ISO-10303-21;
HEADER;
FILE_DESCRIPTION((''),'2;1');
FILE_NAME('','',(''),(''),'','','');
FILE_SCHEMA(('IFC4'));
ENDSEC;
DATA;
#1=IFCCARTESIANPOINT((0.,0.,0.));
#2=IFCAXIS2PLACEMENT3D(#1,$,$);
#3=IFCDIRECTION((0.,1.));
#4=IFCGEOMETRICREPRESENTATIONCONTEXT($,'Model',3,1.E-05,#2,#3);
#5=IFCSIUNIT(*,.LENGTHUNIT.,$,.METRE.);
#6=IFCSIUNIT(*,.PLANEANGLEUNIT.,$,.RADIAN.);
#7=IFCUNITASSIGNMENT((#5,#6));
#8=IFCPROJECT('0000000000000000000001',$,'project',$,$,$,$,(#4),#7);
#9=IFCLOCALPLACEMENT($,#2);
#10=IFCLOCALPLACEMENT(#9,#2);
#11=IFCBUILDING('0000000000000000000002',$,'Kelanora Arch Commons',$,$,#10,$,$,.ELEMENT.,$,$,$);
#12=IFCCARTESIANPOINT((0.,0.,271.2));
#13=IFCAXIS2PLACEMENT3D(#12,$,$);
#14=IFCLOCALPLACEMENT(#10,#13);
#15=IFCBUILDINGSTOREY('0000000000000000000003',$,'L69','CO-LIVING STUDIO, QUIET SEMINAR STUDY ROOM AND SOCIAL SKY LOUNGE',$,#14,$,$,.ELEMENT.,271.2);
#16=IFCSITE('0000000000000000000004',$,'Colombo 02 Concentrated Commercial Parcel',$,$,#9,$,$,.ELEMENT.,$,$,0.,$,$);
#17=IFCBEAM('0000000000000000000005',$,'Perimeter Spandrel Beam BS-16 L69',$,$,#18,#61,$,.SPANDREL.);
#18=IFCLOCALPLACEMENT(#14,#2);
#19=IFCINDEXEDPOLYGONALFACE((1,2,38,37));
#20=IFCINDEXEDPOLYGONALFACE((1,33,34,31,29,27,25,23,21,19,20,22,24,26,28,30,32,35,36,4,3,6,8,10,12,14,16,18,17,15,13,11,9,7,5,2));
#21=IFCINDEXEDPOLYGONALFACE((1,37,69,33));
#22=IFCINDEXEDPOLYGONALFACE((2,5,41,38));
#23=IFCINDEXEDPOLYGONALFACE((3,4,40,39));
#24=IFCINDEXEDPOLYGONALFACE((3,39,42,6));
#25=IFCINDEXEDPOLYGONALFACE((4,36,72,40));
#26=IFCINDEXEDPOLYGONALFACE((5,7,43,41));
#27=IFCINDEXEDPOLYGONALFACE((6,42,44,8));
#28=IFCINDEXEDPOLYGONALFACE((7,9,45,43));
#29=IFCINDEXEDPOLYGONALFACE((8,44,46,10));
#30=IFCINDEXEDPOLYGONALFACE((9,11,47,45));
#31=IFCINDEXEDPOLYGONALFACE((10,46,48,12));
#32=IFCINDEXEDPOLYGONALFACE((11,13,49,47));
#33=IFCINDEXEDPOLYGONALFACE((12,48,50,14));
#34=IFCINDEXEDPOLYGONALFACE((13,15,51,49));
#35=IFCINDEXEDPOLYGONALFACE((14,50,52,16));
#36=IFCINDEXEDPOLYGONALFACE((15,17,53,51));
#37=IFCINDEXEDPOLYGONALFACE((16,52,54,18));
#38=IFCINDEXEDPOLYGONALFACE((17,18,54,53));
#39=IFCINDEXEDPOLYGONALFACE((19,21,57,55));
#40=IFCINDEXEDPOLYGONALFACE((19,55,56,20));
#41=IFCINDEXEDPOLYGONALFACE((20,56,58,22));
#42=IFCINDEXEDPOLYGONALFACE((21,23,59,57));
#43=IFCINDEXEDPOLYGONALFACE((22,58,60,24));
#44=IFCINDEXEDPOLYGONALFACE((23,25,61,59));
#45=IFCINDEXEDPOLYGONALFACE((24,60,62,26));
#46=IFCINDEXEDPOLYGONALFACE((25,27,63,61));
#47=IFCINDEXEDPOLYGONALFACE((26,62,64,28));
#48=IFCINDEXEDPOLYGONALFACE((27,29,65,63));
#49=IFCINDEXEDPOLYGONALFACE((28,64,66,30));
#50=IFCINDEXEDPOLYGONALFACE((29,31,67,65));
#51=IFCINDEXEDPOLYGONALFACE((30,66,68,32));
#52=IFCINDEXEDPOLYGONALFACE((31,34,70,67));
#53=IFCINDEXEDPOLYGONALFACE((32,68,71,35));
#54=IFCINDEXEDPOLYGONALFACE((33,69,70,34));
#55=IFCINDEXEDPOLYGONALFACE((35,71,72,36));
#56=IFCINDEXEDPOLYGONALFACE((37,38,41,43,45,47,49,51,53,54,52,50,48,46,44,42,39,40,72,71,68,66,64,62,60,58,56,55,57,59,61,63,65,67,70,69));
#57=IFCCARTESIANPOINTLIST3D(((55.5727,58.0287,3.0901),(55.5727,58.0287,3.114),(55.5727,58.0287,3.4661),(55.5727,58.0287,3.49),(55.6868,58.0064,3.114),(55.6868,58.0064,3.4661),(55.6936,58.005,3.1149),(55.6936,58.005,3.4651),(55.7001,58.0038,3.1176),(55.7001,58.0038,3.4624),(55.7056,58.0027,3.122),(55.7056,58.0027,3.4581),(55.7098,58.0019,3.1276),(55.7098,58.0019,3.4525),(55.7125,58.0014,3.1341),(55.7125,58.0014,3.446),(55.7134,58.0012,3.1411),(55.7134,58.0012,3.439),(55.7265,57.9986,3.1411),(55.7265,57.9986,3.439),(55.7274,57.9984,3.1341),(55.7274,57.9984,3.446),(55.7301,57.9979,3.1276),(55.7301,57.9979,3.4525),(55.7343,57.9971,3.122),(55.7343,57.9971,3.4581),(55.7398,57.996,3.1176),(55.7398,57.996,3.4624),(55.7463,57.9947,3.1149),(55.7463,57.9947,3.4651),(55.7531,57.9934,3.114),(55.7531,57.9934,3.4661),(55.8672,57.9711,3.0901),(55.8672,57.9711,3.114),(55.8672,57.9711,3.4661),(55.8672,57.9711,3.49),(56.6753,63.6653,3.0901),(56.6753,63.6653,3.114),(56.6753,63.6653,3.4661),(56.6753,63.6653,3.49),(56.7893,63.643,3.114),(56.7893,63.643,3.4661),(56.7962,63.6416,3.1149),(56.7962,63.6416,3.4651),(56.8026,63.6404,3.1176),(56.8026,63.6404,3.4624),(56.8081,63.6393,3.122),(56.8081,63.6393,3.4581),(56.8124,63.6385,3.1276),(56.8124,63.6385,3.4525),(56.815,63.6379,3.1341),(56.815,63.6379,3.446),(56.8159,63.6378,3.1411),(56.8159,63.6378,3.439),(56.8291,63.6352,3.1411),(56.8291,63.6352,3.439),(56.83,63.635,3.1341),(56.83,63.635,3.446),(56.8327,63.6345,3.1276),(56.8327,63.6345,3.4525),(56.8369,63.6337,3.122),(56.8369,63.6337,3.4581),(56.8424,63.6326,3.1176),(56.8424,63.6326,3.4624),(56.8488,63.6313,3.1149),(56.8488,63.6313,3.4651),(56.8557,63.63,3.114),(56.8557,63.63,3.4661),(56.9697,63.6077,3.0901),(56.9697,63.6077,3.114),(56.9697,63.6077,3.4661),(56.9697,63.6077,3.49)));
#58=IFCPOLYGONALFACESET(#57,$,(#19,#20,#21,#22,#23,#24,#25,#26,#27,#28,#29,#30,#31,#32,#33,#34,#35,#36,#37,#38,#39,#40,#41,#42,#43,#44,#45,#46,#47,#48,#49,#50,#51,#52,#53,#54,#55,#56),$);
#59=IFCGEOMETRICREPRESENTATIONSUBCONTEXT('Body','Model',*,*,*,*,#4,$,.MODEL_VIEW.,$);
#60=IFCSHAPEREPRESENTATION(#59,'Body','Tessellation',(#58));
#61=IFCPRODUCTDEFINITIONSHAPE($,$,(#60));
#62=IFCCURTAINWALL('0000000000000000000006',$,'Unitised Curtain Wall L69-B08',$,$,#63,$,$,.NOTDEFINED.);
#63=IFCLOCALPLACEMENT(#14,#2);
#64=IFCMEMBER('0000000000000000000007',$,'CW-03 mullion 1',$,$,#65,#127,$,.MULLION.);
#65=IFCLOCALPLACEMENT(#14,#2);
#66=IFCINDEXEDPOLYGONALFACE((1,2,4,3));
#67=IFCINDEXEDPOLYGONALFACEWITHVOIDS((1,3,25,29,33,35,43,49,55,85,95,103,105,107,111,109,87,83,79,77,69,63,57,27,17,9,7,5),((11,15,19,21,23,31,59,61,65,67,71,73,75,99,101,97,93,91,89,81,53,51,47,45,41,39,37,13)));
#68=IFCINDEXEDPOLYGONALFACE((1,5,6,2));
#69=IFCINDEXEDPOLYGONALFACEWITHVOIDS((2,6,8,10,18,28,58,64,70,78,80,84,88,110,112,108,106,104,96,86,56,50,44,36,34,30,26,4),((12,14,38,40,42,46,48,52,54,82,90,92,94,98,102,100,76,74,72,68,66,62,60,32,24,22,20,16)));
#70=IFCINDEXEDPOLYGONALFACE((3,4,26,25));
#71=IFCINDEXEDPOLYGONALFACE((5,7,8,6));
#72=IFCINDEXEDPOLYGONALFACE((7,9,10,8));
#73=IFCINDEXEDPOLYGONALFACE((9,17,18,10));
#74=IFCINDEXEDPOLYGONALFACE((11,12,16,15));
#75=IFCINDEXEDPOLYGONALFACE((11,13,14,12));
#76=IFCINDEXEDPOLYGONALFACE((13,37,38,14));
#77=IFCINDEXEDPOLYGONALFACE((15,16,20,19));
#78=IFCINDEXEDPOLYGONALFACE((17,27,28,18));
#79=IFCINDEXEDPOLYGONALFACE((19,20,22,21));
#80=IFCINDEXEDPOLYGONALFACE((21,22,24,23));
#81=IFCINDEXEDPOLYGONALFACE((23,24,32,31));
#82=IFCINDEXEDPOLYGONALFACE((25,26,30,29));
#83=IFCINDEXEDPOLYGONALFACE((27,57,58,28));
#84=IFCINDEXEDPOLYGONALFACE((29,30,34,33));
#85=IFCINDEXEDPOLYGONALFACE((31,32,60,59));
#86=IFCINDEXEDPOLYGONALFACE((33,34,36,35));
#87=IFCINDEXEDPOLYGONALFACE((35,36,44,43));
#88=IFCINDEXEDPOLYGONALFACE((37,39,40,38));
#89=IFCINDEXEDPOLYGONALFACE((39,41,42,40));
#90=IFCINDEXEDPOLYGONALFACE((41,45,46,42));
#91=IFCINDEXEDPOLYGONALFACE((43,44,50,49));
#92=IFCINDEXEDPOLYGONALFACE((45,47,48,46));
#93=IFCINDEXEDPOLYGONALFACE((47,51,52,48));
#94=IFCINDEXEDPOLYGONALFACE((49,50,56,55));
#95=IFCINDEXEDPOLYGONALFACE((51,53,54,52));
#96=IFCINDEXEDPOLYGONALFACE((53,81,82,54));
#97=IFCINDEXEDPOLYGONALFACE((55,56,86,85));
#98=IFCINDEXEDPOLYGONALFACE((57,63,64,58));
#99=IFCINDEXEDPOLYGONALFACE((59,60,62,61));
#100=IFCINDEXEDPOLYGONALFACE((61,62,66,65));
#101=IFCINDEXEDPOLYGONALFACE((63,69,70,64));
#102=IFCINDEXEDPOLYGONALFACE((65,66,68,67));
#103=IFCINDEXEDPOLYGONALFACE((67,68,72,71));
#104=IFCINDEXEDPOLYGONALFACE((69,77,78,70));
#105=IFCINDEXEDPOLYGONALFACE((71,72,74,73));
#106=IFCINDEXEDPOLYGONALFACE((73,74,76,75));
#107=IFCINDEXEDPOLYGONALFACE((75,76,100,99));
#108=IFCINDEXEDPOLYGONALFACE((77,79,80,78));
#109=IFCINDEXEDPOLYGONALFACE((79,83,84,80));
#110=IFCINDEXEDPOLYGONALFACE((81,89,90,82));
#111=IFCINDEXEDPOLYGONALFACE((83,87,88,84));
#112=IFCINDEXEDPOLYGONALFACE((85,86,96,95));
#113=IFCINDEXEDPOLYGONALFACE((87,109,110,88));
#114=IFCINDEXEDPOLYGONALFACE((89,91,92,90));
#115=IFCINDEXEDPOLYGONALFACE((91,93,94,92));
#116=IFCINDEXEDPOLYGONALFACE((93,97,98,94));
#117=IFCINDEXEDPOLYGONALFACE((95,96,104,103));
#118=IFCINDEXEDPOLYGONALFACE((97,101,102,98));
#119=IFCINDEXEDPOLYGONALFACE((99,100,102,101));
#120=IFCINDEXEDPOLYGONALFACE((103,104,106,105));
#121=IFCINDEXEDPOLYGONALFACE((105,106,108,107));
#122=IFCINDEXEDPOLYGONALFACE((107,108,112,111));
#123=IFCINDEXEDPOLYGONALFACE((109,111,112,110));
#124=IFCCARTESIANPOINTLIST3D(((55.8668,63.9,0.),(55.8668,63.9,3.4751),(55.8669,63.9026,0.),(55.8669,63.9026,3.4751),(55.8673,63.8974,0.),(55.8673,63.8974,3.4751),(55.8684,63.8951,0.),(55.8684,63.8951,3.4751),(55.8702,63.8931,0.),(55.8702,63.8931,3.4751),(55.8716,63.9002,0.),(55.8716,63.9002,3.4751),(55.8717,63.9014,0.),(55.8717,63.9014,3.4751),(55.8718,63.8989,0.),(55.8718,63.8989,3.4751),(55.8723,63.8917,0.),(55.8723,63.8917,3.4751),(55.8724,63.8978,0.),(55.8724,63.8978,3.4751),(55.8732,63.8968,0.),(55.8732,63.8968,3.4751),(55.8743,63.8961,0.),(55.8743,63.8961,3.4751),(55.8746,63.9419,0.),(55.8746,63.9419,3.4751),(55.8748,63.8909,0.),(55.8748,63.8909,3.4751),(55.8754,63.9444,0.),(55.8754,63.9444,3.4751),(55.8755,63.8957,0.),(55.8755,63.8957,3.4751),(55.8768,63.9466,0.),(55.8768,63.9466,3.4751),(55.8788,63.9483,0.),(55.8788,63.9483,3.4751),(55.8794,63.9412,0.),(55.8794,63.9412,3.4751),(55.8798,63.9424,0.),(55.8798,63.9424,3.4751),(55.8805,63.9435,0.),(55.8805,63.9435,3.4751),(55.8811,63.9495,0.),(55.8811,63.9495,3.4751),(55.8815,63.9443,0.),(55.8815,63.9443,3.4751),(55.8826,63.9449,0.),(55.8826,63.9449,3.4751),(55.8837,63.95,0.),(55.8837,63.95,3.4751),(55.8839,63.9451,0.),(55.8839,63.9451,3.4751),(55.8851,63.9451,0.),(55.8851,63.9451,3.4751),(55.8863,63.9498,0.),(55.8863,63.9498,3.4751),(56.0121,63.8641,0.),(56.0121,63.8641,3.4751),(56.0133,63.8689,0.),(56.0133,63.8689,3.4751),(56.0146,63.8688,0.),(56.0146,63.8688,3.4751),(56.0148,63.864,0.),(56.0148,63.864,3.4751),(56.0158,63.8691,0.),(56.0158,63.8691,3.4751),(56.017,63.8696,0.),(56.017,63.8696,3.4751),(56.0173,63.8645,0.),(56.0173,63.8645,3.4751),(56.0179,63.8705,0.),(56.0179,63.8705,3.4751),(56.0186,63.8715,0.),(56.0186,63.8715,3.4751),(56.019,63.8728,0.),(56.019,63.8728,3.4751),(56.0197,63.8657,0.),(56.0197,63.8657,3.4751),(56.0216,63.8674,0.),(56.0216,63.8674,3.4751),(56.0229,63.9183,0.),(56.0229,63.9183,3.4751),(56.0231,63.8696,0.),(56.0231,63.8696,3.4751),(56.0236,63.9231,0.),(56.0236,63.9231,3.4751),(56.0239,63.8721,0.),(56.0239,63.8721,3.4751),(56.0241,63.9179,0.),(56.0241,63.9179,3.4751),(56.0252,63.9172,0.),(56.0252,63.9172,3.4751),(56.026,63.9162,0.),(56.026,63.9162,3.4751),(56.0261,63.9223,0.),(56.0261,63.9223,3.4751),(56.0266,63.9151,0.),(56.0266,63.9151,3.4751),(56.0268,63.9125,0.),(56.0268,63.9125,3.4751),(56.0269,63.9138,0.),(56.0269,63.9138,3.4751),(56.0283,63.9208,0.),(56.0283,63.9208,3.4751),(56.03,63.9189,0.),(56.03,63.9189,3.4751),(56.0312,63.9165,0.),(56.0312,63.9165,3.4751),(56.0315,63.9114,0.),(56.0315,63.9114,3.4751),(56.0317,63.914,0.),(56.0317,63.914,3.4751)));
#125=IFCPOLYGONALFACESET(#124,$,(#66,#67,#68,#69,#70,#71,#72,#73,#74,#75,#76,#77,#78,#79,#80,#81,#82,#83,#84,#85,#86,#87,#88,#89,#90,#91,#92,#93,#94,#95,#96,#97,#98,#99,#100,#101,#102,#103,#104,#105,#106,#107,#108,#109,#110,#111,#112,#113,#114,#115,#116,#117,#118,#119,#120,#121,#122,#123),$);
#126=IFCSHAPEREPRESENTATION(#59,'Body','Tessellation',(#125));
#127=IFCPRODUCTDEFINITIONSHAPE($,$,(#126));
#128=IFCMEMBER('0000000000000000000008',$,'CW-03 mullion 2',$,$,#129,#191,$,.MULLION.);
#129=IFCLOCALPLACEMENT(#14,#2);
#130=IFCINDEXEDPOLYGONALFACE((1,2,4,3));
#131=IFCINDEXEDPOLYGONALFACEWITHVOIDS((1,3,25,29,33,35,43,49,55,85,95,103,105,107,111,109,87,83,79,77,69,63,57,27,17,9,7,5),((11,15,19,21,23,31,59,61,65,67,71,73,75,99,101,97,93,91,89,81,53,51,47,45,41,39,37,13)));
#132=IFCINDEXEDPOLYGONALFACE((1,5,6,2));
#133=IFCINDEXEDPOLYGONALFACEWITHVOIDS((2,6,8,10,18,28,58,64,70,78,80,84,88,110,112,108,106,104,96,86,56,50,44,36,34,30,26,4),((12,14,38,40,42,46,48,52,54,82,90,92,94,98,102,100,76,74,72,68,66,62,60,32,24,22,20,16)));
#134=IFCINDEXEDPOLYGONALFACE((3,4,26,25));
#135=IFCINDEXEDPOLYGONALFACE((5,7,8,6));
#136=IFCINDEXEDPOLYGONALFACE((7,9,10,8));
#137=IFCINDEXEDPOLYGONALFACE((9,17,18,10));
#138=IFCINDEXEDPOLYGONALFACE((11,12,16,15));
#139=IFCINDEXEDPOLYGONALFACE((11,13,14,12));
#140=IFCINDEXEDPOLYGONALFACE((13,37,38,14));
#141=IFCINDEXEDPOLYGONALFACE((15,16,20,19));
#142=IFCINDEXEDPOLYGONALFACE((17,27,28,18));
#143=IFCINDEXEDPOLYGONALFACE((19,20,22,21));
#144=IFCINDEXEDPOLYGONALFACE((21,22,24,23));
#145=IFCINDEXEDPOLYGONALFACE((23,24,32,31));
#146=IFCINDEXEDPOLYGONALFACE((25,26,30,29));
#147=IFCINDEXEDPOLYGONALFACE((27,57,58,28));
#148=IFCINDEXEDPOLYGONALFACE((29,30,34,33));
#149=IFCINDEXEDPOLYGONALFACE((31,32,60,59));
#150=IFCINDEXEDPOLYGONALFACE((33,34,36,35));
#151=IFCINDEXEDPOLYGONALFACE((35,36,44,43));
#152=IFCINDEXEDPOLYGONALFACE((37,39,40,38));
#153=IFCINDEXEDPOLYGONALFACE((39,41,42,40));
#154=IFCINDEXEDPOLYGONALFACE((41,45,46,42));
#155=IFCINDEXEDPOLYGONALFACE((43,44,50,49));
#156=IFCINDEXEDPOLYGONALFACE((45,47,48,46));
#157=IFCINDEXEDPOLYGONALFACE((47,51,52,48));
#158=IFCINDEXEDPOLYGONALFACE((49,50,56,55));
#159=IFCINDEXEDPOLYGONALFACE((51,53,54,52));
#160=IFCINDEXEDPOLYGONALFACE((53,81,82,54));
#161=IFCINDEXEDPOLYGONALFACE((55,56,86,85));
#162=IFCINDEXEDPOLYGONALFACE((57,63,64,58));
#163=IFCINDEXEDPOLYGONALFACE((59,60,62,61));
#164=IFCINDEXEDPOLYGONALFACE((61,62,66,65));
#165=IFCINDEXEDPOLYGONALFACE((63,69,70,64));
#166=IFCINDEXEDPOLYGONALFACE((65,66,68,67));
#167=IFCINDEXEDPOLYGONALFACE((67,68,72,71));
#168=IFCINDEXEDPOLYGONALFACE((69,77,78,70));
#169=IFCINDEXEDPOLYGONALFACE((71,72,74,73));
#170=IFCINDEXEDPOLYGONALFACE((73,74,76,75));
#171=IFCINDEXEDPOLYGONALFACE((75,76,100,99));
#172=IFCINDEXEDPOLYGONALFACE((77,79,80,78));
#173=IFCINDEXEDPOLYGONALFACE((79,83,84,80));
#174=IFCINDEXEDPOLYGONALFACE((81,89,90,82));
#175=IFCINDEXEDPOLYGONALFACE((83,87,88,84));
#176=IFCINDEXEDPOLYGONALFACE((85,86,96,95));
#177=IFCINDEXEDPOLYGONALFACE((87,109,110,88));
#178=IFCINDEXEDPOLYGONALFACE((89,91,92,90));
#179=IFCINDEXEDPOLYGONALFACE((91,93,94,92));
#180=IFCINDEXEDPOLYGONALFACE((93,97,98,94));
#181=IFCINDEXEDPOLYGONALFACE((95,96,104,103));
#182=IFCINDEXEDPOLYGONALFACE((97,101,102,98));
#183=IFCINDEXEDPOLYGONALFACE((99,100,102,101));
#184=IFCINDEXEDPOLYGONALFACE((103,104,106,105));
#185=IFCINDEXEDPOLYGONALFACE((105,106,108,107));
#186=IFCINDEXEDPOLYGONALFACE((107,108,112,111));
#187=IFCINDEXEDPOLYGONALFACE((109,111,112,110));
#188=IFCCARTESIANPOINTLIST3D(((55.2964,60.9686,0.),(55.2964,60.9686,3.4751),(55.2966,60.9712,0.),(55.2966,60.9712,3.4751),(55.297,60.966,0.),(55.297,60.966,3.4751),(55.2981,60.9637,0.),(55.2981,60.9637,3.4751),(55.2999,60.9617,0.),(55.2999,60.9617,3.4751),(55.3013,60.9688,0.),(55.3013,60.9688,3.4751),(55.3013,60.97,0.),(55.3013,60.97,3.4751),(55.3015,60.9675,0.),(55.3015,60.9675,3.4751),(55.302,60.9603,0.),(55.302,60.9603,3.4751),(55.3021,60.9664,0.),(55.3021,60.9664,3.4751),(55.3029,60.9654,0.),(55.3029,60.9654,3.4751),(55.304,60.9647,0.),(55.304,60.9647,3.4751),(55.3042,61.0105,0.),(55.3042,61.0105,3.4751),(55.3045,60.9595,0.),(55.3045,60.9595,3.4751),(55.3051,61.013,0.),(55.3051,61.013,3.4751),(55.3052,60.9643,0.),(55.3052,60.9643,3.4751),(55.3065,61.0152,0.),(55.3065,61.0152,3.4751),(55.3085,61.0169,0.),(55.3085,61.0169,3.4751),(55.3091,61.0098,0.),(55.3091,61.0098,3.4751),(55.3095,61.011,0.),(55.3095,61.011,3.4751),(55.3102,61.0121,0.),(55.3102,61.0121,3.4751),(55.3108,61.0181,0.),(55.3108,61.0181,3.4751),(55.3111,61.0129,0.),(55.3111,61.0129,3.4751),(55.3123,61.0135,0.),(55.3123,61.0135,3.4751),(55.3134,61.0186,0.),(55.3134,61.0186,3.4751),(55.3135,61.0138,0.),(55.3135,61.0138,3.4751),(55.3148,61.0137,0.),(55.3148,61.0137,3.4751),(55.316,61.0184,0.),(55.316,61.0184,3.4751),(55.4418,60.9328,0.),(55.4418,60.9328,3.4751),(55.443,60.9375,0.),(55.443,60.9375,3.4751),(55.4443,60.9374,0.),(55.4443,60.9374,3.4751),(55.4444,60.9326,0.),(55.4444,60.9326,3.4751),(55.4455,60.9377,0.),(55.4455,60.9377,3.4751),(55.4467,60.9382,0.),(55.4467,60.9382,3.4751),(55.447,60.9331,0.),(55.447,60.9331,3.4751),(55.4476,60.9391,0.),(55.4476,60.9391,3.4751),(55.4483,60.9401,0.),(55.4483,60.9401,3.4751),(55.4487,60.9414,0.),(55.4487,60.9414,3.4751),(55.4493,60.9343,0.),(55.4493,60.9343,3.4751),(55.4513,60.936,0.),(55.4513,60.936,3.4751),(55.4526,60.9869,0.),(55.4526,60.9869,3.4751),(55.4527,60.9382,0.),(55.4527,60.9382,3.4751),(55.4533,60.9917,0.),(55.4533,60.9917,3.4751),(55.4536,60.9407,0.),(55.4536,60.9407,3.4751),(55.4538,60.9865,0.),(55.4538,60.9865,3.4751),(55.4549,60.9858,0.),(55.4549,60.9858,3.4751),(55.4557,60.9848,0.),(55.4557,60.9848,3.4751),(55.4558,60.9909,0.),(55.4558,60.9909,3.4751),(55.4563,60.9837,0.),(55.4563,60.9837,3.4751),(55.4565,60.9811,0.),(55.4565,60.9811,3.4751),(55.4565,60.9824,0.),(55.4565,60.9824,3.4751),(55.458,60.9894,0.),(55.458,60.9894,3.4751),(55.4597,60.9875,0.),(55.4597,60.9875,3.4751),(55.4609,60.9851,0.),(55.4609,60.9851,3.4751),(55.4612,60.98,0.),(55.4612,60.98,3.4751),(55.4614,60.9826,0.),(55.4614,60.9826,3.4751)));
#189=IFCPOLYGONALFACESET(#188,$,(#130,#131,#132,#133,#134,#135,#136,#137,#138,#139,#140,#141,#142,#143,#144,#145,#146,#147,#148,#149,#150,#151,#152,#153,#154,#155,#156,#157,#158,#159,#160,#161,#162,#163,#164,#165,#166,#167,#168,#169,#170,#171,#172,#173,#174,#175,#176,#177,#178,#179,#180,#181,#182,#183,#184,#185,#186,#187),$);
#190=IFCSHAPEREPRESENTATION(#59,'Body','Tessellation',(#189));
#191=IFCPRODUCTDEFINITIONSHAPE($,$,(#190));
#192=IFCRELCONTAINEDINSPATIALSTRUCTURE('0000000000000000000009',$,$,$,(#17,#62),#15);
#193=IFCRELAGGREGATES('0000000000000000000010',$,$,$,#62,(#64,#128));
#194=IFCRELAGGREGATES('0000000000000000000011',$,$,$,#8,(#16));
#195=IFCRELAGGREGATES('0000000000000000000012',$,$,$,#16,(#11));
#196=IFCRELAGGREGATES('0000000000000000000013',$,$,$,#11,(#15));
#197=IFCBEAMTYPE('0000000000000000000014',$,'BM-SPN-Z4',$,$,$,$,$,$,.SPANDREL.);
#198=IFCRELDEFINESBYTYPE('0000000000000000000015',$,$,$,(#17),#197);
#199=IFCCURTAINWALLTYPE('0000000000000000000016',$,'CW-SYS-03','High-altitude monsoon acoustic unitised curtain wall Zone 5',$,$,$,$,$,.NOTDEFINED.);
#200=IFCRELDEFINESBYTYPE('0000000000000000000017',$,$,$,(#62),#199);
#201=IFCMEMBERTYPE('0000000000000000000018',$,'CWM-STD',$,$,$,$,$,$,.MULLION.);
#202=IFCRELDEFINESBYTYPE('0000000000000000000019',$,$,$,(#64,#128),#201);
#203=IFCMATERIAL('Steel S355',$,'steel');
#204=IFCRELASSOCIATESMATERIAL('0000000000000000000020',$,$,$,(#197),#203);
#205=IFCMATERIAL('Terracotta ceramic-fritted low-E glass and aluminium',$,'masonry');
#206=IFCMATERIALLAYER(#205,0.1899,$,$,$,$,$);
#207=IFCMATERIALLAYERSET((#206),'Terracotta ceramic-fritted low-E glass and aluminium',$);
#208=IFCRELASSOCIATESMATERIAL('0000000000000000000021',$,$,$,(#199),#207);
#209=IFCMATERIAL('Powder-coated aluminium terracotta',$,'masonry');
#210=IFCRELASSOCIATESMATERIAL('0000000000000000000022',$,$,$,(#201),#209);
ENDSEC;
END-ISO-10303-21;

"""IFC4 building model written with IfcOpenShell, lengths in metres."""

from ifc_helpers import new_model, si_unit, direction, frame, origin, origin_2d, place, context, subcontext, project, spatial, hollow_rectangle, i_section, extrude, material, layer, layer_set, material_profile, profile_set, type_object, element, aggregate, save


model = new_model("IFC4")

# Units and contexts
model_context = context("Model", 3, precision=1e-05, world=origin(), true_north=direction((0.0, 1.0)))
body_context = subcontext(model_context, "Body", "Model", "MODEL_VIEW")
ifc_project = project(units=[si_unit("LENGTHUNIT", "METRE"), si_unit("PLANEANGLEUNIT", "RADIAN")], contexts=[model_context])

# Site, building, storey
site_placement = place(None, origin())
site = spatial("IfcSite", under=ifc_project, at=site_placement, Name="Colombo 02 Concentrated Commercial Parcel", CompositionType="ELEMENT", RefElevation=0.0)
building_placement = place(site_placement, origin())
building = spatial("IfcBuilding", under=site, at=building_placement, Name="Kelanora Arch Commons", CompositionType="ELEMENT")
storey_placement = place(building_placement, frame((0.0, 0.0, 271.2)))
storey = spatial("IfcBuildingStorey", under=building, at=storey_placement, Name="L69", Description="CO-LIVING STUDIO, QUIET SEMINAR STUDY ROOM AND SOCIAL SKY LOUNGE", CompositionType="ELEMENT", Elevation=271.2)

# Beam
ifc_material_1 = material(Name="Steel S355", Category="steel")
ifc_material_profile_1 = material_profile(ifc_material_1, i_section(OverallWidth=0.3, OverallDepth=0.3999, WebThickness=0.0134, FlangeThickness=0.0239, FilletRadius=0.0271, at=origin_2d()), Name="HEB400")
ifc_profile_set_1 = profile_set([ifc_material_profile_1], Name="Steel S355")
beam_type_1 = type_object("IfcBeamType", Name="BM-SPN-Z4", PredefinedType="SPANDREL", material=ifc_profile_set_1)
beam_1_placement = place(storey_placement, frame((56.8225, 63.6365, 3.29), z_axis=(-0.19197, -0.981401, 0.0), x_axis=(0.981401, -0.19197, 0.0)))
element("IfcBeam", 1, at=beam_1_placement, inside=storey, type_object=beam_type_1, Name="Perimeter Spandrel Beam BS-16 L69", PredefinedType="SPANDREL", context=body_context, shape_type="SweptSolid", body=[
    extrude(i_section(OverallWidth=0.3, OverallDepth=0.3999, WebThickness=0.0134, FlangeThickness=0.0239, FilletRadius=0.0271, at=origin_2d()), origin(), (0.0, 0.0, 1.0), 5.7434),
])

# Curtain wall, members
ifc_material_2 = material(Name="Terracotta ceramic-fritted low-E glass and aluminium", Category="masonry")
ifc_layer_1 = layer(ifc_material_2, 0.1899)
ifc_layer_set_1 = layer_set([ifc_layer_1], Name="Terracotta ceramic-fritted low-E glass and aluminium")
curtain_wall_type = type_object("IfcCurtainWallType", Name="CW-SYS-03", Description="High-altitude monsoon acoustic unitised curtain wall Zone 5", PredefinedType="NOTDEFINED", material=ifc_layer_set_1)
curtain_wall_placement = place(storey_placement, origin())
curtain_wall = element("IfcCurtainWall", 2, at=curtain_wall_placement, inside=storey, type_object=curtain_wall_type, Name="Unitised Curtain Wall L69-B08", PredefinedType="NOTDEFINED")
ifc_material_3 = material(Name="Powder-coated aluminium terracotta", Category="masonry")
ifc_material_profile_2 = material_profile(ifc_material_3, hollow_rectangle(XDim=0.1599, YDim=0.0601, WallThickness=0.0049, InnerFilletRadius=0.0049, OuterFilletRadius=0.01, at=origin_2d()), Name="CWM160x60")
ifc_profile_set_2 = profile_set([ifc_material_profile_2], Name="Powder-coated aluminium terracotta")
member_type_1 = type_object("IfcMemberType", Name="CWM-STD", PredefinedType="MULLION", material=ifc_profile_set_2)
member_1_placement = place(storey_placement, frame((55.9492, 63.907, 0.0), z_axis=(0.0, 0.0, 1.0), x_axis=(0.981596, -0.190972, 0.0)))
member_1 = element("IfcMember", 3, at=member_1_placement, type_object=member_type_1, Name="CW-03 mullion 1", PredefinedType="MULLION", context=body_context, shape_type="SweptSolid", body=[
    extrude(hollow_rectangle(XDim=0.1599, YDim=0.0601, WallThickness=0.0049, InnerFilletRadius=0.0049, OuterFilletRadius=0.01, at=origin_2d()), origin(), (0.0, 0.0, 1.0), 3.4751),
])
member_2_placement = place(storey_placement, frame((55.3789, 60.9756, 0.0), z_axis=(0.0, 0.0, 1.0), x_axis=(0.981596, -0.190972, 0.0)))
member_2 = element("IfcMember", 4, at=member_2_placement, type_object=member_type_1, Name="CW-03 mullion 2", PredefinedType="MULLION", context=body_context, shape_type="SweptSolid", body=[
    extrude(hollow_rectangle(XDim=0.1599, YDim=0.0601, WallThickness=0.0049, InnerFilletRadius=0.0049, OuterFilletRadius=0.01, at=origin_2d()), origin(), (0.0, 0.0, 1.0), 3.4751),
])
aggregate(curtain_wall, [member_1, member_2])

save(model, "model.ifc")
